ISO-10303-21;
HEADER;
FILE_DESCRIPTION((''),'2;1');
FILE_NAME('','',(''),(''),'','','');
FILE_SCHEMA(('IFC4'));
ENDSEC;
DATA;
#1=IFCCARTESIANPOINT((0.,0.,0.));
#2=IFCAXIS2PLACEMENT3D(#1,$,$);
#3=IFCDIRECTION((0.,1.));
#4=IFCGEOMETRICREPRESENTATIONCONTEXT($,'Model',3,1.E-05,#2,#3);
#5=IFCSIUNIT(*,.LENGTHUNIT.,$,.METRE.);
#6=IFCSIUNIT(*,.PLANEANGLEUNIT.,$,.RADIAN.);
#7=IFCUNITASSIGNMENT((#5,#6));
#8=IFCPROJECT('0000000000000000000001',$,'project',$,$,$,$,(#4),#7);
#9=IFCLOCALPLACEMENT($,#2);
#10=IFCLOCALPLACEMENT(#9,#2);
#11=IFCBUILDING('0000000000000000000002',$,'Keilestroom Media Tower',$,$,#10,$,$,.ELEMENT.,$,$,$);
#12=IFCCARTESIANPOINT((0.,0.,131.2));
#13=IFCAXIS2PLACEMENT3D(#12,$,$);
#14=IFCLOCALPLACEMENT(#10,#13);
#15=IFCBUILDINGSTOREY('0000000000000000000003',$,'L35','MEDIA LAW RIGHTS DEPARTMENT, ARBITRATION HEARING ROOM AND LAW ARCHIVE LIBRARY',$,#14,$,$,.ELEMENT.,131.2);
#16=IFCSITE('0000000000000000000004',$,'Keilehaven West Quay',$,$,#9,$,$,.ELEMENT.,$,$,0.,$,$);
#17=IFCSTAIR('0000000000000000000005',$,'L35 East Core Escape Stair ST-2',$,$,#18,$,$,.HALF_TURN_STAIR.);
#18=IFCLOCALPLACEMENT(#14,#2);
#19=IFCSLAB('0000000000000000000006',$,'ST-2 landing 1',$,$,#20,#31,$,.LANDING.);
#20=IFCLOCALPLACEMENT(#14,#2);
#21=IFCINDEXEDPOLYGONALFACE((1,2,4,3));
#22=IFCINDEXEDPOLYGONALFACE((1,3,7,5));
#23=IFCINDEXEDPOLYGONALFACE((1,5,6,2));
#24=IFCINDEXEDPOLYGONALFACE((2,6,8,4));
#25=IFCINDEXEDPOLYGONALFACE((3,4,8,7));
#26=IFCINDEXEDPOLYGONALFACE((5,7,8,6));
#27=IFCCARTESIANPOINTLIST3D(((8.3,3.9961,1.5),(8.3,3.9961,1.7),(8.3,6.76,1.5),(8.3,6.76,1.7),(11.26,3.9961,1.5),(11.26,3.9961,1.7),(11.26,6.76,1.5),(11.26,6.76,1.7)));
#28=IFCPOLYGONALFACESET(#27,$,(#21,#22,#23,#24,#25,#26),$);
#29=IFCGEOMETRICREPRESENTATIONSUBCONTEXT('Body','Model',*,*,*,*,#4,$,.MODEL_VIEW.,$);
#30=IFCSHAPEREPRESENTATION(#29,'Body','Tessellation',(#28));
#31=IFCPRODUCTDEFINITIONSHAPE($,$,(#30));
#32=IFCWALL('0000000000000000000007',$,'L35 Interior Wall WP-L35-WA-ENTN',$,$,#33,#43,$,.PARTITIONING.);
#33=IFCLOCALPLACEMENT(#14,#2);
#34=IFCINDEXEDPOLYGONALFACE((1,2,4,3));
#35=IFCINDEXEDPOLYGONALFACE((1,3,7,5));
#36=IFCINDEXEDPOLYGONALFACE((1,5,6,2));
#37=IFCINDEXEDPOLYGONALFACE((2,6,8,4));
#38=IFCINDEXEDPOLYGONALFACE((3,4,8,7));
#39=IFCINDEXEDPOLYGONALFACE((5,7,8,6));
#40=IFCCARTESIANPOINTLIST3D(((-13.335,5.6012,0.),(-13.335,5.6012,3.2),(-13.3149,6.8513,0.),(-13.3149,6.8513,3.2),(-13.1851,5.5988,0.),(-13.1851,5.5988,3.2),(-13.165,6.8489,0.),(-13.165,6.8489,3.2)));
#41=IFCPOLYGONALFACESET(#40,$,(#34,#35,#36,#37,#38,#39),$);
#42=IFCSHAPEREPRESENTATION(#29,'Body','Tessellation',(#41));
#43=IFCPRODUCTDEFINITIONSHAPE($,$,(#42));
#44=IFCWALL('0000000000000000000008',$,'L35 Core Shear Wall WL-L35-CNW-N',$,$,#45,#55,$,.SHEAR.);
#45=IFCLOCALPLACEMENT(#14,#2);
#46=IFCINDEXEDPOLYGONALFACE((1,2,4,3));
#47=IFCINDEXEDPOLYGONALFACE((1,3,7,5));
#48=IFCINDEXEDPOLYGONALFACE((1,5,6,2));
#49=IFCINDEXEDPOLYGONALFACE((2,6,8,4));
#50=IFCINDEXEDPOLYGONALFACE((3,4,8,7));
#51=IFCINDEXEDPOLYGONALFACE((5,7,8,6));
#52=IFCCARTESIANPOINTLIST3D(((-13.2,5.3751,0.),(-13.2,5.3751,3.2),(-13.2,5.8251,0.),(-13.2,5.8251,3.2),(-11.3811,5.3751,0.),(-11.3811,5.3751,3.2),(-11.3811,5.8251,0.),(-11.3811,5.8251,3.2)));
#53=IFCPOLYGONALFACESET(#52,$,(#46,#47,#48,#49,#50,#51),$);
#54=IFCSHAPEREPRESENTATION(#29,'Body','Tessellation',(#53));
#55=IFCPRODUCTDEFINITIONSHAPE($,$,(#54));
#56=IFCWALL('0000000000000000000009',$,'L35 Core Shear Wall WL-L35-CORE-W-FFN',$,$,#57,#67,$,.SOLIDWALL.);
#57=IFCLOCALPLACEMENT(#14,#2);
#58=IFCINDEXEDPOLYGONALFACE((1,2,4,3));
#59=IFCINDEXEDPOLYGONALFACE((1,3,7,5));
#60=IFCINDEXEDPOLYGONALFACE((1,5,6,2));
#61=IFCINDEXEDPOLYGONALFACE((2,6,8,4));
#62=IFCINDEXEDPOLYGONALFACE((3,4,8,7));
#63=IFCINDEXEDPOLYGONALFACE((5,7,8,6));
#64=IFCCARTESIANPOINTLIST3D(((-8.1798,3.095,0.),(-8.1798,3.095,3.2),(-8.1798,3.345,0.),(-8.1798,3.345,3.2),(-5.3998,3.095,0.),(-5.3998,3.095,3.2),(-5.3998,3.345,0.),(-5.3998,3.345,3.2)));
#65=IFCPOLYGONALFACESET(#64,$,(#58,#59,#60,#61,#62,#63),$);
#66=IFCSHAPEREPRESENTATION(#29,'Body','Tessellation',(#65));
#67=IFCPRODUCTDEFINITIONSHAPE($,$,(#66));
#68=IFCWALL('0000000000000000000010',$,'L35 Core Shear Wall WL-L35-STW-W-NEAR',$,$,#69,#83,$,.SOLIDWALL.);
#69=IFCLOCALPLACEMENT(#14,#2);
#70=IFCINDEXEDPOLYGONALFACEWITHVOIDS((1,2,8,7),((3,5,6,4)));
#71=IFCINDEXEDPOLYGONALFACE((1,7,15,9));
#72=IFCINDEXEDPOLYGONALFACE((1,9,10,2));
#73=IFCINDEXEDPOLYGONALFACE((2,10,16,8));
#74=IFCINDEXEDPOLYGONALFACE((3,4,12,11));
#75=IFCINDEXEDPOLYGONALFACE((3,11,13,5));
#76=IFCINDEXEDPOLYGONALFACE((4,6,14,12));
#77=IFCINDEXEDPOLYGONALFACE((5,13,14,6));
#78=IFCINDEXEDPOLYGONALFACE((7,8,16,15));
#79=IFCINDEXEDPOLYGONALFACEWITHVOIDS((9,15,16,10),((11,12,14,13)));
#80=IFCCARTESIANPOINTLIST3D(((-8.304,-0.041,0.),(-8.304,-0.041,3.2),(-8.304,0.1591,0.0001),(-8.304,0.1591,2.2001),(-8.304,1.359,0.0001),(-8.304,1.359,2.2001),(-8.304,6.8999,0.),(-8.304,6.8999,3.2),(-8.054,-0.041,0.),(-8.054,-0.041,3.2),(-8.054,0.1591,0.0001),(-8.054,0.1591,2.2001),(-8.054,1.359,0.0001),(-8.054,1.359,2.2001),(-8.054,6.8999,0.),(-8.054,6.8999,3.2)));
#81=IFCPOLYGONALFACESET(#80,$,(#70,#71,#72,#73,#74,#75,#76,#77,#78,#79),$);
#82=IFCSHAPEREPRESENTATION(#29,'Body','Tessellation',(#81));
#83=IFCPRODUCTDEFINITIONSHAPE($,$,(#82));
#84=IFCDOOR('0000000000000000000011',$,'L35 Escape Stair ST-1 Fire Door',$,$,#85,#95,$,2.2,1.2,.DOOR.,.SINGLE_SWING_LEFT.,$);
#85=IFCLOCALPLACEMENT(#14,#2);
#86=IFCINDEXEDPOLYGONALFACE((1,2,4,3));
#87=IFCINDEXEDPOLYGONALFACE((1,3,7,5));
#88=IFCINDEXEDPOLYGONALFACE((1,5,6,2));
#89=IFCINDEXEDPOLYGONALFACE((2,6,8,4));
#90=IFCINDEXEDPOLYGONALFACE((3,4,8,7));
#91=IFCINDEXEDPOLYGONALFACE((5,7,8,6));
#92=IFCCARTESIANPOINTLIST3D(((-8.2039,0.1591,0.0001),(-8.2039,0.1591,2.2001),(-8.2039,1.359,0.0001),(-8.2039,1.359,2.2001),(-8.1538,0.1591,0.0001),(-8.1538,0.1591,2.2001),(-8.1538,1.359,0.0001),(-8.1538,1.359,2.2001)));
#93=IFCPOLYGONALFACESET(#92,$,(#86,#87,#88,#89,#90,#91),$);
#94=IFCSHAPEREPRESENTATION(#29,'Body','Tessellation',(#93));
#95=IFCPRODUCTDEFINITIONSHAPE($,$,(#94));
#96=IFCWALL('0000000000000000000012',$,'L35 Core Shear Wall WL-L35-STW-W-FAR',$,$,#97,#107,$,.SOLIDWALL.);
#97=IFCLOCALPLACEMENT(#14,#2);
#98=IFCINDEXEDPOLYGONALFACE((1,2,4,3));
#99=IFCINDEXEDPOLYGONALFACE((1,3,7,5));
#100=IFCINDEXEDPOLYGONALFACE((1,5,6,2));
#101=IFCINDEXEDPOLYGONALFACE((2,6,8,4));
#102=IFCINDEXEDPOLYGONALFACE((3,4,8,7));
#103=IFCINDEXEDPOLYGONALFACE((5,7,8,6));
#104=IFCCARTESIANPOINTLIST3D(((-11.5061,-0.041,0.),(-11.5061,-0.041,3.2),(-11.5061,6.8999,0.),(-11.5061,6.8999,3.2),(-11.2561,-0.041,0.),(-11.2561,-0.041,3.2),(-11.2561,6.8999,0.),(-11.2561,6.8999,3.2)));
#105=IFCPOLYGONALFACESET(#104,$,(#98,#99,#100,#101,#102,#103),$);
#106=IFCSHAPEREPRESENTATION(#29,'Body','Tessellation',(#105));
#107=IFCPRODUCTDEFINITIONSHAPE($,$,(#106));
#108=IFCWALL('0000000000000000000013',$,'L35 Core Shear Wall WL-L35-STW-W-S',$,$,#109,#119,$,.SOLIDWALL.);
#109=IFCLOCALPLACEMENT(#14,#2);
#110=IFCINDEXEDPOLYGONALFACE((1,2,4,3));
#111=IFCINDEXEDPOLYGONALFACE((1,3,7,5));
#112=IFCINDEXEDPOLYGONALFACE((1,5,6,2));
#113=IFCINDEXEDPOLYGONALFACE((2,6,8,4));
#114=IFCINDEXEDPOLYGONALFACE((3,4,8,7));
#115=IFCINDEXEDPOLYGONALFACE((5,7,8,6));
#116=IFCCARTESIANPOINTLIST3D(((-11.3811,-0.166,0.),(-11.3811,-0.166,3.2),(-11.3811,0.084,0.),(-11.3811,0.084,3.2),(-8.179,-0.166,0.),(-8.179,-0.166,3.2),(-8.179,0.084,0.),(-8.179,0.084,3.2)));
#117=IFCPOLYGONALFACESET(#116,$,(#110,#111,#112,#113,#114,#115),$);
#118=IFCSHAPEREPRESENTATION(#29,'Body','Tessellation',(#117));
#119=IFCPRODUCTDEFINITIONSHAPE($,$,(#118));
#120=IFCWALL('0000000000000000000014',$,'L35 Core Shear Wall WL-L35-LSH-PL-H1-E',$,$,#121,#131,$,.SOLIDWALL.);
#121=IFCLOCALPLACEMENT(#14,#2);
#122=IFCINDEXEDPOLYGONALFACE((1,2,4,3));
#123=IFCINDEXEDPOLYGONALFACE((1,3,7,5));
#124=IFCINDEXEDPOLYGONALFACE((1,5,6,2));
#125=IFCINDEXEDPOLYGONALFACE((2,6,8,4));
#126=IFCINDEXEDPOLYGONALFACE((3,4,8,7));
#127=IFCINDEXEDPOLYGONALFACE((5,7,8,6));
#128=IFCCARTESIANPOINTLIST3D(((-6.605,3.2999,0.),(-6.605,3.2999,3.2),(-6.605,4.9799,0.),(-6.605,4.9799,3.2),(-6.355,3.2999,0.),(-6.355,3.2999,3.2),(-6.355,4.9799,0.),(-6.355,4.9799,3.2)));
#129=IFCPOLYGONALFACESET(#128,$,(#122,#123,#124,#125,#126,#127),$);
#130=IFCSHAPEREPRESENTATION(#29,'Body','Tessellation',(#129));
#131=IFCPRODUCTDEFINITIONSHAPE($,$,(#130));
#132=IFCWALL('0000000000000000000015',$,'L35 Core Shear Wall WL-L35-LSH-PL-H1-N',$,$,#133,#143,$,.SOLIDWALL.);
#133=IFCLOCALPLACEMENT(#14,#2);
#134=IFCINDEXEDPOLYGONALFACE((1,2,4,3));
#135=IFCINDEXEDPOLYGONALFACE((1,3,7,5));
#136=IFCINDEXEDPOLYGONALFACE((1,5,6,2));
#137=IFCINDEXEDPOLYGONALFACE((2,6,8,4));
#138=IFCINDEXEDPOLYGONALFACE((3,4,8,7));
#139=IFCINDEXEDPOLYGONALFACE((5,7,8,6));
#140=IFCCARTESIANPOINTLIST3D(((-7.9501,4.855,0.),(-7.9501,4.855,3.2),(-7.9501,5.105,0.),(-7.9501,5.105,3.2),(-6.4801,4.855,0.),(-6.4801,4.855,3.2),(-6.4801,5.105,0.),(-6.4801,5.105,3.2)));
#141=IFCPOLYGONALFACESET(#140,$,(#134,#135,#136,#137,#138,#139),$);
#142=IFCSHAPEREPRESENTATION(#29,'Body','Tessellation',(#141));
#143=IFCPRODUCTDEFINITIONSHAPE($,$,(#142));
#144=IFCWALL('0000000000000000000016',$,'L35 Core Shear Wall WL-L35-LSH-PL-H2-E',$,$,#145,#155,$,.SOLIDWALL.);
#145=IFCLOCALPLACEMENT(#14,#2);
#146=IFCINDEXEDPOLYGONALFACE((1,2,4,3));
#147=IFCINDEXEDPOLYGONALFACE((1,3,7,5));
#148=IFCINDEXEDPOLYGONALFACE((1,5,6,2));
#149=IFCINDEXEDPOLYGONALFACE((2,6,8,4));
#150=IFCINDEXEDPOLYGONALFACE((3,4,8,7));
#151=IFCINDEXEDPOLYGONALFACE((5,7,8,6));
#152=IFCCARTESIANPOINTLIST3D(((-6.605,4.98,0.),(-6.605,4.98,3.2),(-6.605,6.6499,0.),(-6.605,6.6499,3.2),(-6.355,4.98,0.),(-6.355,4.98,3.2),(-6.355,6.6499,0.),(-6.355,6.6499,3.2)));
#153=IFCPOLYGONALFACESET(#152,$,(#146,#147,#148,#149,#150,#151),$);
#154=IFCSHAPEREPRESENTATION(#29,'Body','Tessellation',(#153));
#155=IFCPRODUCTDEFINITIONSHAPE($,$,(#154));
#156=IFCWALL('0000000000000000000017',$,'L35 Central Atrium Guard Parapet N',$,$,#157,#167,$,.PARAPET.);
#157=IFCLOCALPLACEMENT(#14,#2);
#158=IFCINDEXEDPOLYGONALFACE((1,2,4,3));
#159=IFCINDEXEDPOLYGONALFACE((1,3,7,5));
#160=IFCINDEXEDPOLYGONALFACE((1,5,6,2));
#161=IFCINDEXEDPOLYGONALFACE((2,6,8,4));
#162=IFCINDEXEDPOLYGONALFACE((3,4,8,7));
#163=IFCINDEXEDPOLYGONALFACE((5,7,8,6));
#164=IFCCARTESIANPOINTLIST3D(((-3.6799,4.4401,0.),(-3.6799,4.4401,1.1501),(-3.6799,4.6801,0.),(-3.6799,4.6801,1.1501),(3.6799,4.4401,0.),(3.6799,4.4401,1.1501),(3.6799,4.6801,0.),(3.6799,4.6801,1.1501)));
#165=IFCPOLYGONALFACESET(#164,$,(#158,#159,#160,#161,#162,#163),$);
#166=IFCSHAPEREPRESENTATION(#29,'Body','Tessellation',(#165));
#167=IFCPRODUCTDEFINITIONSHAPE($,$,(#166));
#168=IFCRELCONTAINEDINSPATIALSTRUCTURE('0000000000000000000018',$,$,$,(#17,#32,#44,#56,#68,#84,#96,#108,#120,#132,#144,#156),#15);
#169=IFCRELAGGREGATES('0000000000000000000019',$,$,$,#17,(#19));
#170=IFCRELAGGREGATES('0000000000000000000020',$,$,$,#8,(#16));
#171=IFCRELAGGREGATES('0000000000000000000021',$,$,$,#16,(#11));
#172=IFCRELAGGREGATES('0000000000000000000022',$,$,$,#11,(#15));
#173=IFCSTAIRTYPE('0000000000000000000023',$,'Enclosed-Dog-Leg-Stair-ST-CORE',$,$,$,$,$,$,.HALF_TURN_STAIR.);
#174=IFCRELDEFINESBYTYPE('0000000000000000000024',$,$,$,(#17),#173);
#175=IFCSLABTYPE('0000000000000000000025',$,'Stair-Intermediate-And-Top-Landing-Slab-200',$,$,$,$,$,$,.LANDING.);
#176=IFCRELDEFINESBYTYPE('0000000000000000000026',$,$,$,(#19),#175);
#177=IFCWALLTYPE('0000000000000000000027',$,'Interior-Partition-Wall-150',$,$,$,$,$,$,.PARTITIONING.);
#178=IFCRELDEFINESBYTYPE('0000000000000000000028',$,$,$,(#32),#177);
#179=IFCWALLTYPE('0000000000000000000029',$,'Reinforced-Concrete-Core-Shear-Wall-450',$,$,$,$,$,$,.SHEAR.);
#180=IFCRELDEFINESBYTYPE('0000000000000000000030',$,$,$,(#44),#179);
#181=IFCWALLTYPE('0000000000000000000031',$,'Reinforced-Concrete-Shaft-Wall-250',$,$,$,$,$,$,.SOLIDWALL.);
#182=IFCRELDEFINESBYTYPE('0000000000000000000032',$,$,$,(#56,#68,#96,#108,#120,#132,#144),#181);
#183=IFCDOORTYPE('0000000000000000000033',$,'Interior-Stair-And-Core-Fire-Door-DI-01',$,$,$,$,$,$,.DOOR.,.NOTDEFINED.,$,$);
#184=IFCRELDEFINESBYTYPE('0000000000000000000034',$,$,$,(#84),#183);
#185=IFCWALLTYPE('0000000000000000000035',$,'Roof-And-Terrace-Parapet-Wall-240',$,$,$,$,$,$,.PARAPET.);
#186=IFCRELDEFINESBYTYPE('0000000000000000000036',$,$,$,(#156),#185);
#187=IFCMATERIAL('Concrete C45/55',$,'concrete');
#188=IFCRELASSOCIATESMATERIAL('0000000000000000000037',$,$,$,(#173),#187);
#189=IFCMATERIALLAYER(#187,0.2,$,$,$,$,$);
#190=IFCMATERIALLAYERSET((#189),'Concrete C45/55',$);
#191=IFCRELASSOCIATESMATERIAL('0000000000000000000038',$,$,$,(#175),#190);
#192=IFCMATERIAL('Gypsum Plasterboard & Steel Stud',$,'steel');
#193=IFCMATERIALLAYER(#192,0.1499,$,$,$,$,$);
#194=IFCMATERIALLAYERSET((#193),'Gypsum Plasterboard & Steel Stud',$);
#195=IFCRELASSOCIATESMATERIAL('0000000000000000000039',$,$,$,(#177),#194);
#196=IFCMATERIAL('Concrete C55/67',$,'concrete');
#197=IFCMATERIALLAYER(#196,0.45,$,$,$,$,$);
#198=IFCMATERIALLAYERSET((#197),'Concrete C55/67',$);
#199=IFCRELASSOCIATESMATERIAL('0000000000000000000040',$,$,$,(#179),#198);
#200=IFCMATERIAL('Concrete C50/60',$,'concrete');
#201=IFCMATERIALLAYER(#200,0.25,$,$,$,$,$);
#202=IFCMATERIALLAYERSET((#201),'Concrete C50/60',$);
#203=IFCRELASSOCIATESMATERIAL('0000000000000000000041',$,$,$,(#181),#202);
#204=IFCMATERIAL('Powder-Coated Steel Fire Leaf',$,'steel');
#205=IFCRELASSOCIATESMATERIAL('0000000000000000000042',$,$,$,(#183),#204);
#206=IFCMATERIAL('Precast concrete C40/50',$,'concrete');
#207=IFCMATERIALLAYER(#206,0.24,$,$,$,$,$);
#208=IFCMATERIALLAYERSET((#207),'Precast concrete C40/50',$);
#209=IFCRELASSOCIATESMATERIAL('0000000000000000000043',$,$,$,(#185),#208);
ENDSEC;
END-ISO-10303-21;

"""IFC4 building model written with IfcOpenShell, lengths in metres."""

from ifc_helpers import new_model, si_unit, direction, frame, frame_2d, origin, place, context, subcontext, project, spatial, polyline, rectangle, outline, extrude, source, transform, mapped, material, layer, layer_set, type_object, element, fill, aggregate, save


model = new_model("IFC4")

# Units and contexts
model_context = context("Model", 3, precision=1e-05, world=origin(), true_north=direction((0.0, 1.0)))
body_context = subcontext(model_context, "Body", "Model", "MODEL_VIEW")
ifc_project = project(units=[si_unit("LENGTHUNIT", "METRE"), si_unit("PLANEANGLEUNIT", "RADIAN")], contexts=[model_context])

# Site, building, storey
site_placement = place(None, origin())
site = spatial("IfcSite", under=ifc_project, at=site_placement, Name="Keilehaven West Quay", CompositionType="ELEMENT", RefElevation=0.0)
building_placement = place(site_placement, origin())
building = spatial("IfcBuilding", under=site, at=building_placement, Name="Keilestroom Media Tower", CompositionType="ELEMENT")
storey_placement = place(building_placement, frame((0.0, 0.0, 131.2)))
storey = spatial("IfcBuildingStorey", under=building, at=storey_placement, Name="L35", Description="MEDIA LAW RIGHTS DEPARTMENT, ARBITRATION HEARING ROOM AND LAW ARCHIVE LIBRARY", CompositionType="ELEMENT", Elevation=131.2)

# Shared definitions
ifc_material_1 = material(Name="Concrete C50/60", Category="concrete")
ifc_material_2 = material(Name="Concrete C45/55", Category="concrete")

# Stair, slab
stair_type = type_object("IfcStairType", Name="Enclosed-Dog-Leg-Stair-ST-CORE", PredefinedType="HALF_TURN_STAIR", material=ifc_material_2)
ifc_layer_1 = layer(ifc_material_2, 0.2)
ifc_layer_set_1 = layer_set([ifc_layer_1], Name="Concrete C45/55")
slab_type_1 = type_object("IfcSlabType", Name="Stair-Intermediate-And-Top-Landing-Slab-200", PredefinedType="LANDING", material=ifc_layer_set_1)
stair_1_placement = place(storey_placement, origin())
stair_1 = element("IfcStair", 1, at=stair_1_placement, inside=storey, type_object=stair_type, Name="L35 East Core Escape Stair ST-2", PredefinedType="HALF_TURN_STAIR")
slab_1_placement = place(storey_placement, frame((0.0, 0.0, 1.5)))
slab_1 = element("IfcSlab", 2, at=slab_1_placement, type_object=slab_type_1, Name="ST-2 landing 1", PredefinedType="LANDING", context=body_context, shape_type="SweptSolid", body=[
    extrude(outline(polyline([(11.26, 3.9961), (11.26, 6.76), (8.3, 6.76), (8.3, 3.9961), (11.26, 3.9961)])), origin(), (0.0, 0.0, 1.0), 0.2),
])
aggregate(stair_1, [slab_1])

# Walls
ifc_material_3 = material(Name="Gypsum Plasterboard & Steel Stud", Category="steel")
ifc_layer_2 = layer(ifc_material_3, 0.1499)
ifc_layer_set_2 = layer_set([ifc_layer_2], Name="Gypsum Plasterboard & Steel Stud")
wall_type_1 = type_object("IfcWallType", Name="Interior-Partition-Wall-150", PredefinedType="PARTITIONING", material=ifc_layer_set_2)
wall_1_placement = place(storey_placement, frame((-13.26, 5.6001, 0.0), z_axis=(0.0, 0.0, 1.0), x_axis=(0.016014, 0.999872, 0.0)))
element("IfcWall", 3, at=wall_1_placement, inside=storey, type_object=wall_type_1, Name="L35 Interior Wall WP-L35-WA-ENTN", PredefinedType="PARTITIONING", context=body_context, shape_type="SweptSolid", body=[
    extrude(rectangle(XDim=1.2502, YDim=0.1499, at=frame_2d((0.625, 0.0))), origin(), (0.0, 0.0, 1.0), 3.2),
])
ifc_material_4 = material(Name="Concrete C55/67", Category="concrete")
ifc_layer_3 = layer(ifc_material_4, 0.45)
ifc_layer_set_3 = layer_set([ifc_layer_3], Name="Concrete C55/67")
wall_type_2 = type_object("IfcWallType", Name="Reinforced-Concrete-Core-Shear-Wall-450", PredefinedType="SHEAR", material=ifc_layer_set_3)
wall_2_placement = place(storey_placement, frame((-13.2, 5.6001, 0.0), z_axis=(0.0, 0.0, 1.0), x_axis=(1.0, 0.0, 0.0)))
element("IfcWall", 4, at=wall_2_placement, inside=storey, type_object=wall_type_2, Name="L35 Core Shear Wall WL-L35-CNW-N", PredefinedType="SHEAR", context=body_context, shape_type="SweptSolid", body=[
    extrude(rectangle(XDim=1.8188, YDim=0.45, at=frame_2d((0.9094, 0.0))), origin(), (0.0, 0.0, 1.0), 3.2),
])
ifc_layer_4 = layer(ifc_material_1, 0.25)
ifc_layer_set_4 = layer_set([ifc_layer_4], Name="Concrete C50/60")
wall_type_3 = type_object("IfcWallType", Name="Reinforced-Concrete-Shaft-Wall-250", PredefinedType="SOLIDWALL", material=ifc_layer_set_4)
wall_3_placement = place(storey_placement, frame((-8.1799, 3.22, 0.0), z_axis=(0.0, 0.0, 1.0), x_axis=(1.0, 0.0, 0.0)))
element("IfcWall", 5, at=wall_3_placement, inside=storey, type_object=wall_type_3, Name="L35 Core Shear Wall WL-L35-CORE-W-FFN", PredefinedType="SOLIDWALL", context=body_context, shape_type="SweptSolid", body=[
    extrude(rectangle(XDim=2.78, YDim=0.25, at=frame_2d((1.3901, 0.0))), origin(), (0.0, 0.0, 1.0), 3.2),
])

# Wall, opening, door
wall_4_placement = place(storey_placement, frame((-8.179, -0.041, 0.0), z_axis=(0.0, 0.0, 1.0), x_axis=(0.0, 1.0, 0.0)))
wall_4 = element("IfcWall", 6, at=wall_4_placement, inside=storey, type_object=wall_type_3, Name="L35 Core Shear Wall WL-L35-STW-W-NEAR", PredefinedType="SOLIDWALL", context=body_context, shape_type="SweptSolid", body=[
    extrude(rectangle(XDim=6.9409, YDim=0.25, at=frame_2d((3.4705, 0.0))), origin(), (0.0, 0.0, 1.0), 3.2),
])
opening_placement = place(wall_4_placement, frame((0.2, 0.0, 0.0)))
opening = element("IfcOpeningElement", 7, at=opening_placement, cuts=wall_4, PredefinedType="OPENING", context=body_context, shape_type="SweptSolid", body=[
    extrude(rectangle(XDim=1.2, YDim=2.2, at=frame_2d((0.6001, 1.1001))), frame((0.0, 0.135, 0.0), z_axis=(0.0, -1.0, 0.0), x_axis=(1.0, 0.0, 0.0)), (0.0, 0.0, 1.0), 0.27),
])
ifc_material_5 = material(Name="Powder-Coated Steel Fire Leaf", Category="steel")
door_type = type_object("IfcDoorType", Name="Interior-Stair-And-Core-Fire-Door-DI-01", OperationType="NOTDEFINED", PredefinedType="DOOR", material=ifc_material_5)
shared_shape_1 = source(origin(), body_context, "Body", "SweptSolid", [
    extrude(rectangle(XDim=1.2, YDim=2.2, at=frame_2d((0.6001, 1.1001))), frame((0.0, 0.0249, 0.0), z_axis=(0.0, -1.0, 0.0), x_axis=(1.0, 0.0, 0.0)), (0.0, 0.0, 1.0), 0.05),
])
door_placement = place(opening_placement, origin())
door = element("IfcDoor", 8, at=door_placement, inside=storey, type_object=door_type, Name="L35 Escape Stair ST-1 Fire Door", OperationType="SINGLE_SWING_LEFT", OverallHeight=2.2, OverallWidth=1.2, PredefinedType="DOOR", context=body_context, shape_type="MappedRepresentation", body=[
    mapped(shared_shape_1, transform((0.0, 0.0, 0.0), x_axis=(1.0, 0.0, 0.0), y_axis=(0.0, 1.0, 0.0), z_axis=(0.0, 0.0, 1.0), scale=1.0)),
])
fill(opening, door)

# Walls
wall_5_placement = place(storey_placement, frame((-11.3811, -0.041, 0.0), z_axis=(0.0, 0.0, 1.0), x_axis=(0.0, 1.0, 0.0)))
element("IfcWall", 9, at=wall_5_placement, inside=storey, type_object=wall_type_3, Name="L35 Core Shear Wall WL-L35-STW-W-FAR", PredefinedType="SOLIDWALL", context=body_context, shape_type="SweptSolid", body=[
    extrude(rectangle(XDim=6.9409, YDim=0.25, at=frame_2d((3.4705, 0.0))), origin(), (0.0, 0.0, 1.0), 3.2),
])
wall_6_placement = place(storey_placement, frame((-11.3811, -0.041, 0.0), z_axis=(0.0, 0.0, 1.0), x_axis=(1.0, 0.0, 0.0)))
element("IfcWall", 10, at=wall_6_placement, inside=storey, type_object=wall_type_3, Name="L35 Core Shear Wall WL-L35-STW-W-S", PredefinedType="SOLIDWALL", context=body_context, shape_type="SweptSolid", body=[
    extrude(rectangle(XDim=3.2021, YDim=0.25, at=frame_2d((1.6011, 0.0))), origin(), (0.0, 0.0, 1.0), 3.2),
])
wall_7_placement = place(storey_placement, frame((-6.48, 3.3, 0.0), z_axis=(0.0, 0.0, 1.0), x_axis=(0.0, 1.0, 0.0)))
element("IfcWall", 11, at=wall_7_placement, inside=storey, type_object=wall_type_3, Name="L35 Core Shear Wall WL-L35-LSH-PL-H1-E", PredefinedType="SOLIDWALL", context=body_context, shape_type="SweptSolid", body=[
    extrude(rectangle(XDim=1.6799, YDim=0.25, at=frame_2d((0.8398, 0.0))), origin(), (0.0, 0.0, 1.0), 3.2),
])
wall_8_placement = place(storey_placement, frame((-7.95, 4.98, 0.0), z_axis=(0.0, 0.0, 1.0), x_axis=(1.0, 0.0, 0.0)))
element("IfcWall", 12, at=wall_8_placement, inside=storey, type_object=wall_type_3, Name="L35 Core Shear Wall WL-L35-LSH-PL-H1-N", PredefinedType="SOLIDWALL", context=body_context, shape_type="SweptSolid", body=[
    extrude(rectangle(XDim=1.47, YDim=0.25, at=frame_2d((0.7349, 0.0))), origin(), (0.0, 0.0, 1.0), 3.2),
])
wall_9_placement = place(storey_placement, frame((-6.48, 4.98, 0.0), z_axis=(0.0, 0.0, 1.0), x_axis=(0.0, 1.0, 0.0)))
element("IfcWall", 13, at=wall_9_placement, inside=storey, type_object=wall_type_3, Name="L35 Core Shear Wall WL-L35-LSH-PL-H2-E", PredefinedType="SOLIDWALL", context=body_context, shape_type="SweptSolid", body=[
    extrude(rectangle(XDim=1.6699, YDim=0.25, at=frame_2d((0.835, 0.0))), origin(), (0.0, 0.0, 1.0), 3.2),
])
ifc_material_6 = material(Name="Precast concrete C40/50", Category="concrete")
ifc_layer_5 = layer(ifc_material_6, 0.24)
ifc_layer_set_5 = layer_set([ifc_layer_5], Name="Precast concrete C40/50")
wall_type_4 = type_object("IfcWallType", Name="Roof-And-Terrace-Parapet-Wall-240", PredefinedType="PARAPET", material=ifc_layer_set_5)
wall_10_placement = place(storey_placement, frame((-3.6799, 4.5601, 0.0), z_axis=(0.0, 0.0, 1.0), x_axis=(1.0, 0.0, 0.0)))
element("IfcWall", 14, at=wall_10_placement, inside=storey, type_object=wall_type_4, Name="L35 Central Atrium Guard Parapet N", PredefinedType="PARAPET", context=body_context, shape_type="SweptSolid", body=[
    extrude(rectangle(XDim=7.3599, YDim=0.24, at=frame_2d((3.6799, 0.0))), origin(), (0.0, 0.0, 1.0), 1.1501),
])

save(model, "model.ifc")
